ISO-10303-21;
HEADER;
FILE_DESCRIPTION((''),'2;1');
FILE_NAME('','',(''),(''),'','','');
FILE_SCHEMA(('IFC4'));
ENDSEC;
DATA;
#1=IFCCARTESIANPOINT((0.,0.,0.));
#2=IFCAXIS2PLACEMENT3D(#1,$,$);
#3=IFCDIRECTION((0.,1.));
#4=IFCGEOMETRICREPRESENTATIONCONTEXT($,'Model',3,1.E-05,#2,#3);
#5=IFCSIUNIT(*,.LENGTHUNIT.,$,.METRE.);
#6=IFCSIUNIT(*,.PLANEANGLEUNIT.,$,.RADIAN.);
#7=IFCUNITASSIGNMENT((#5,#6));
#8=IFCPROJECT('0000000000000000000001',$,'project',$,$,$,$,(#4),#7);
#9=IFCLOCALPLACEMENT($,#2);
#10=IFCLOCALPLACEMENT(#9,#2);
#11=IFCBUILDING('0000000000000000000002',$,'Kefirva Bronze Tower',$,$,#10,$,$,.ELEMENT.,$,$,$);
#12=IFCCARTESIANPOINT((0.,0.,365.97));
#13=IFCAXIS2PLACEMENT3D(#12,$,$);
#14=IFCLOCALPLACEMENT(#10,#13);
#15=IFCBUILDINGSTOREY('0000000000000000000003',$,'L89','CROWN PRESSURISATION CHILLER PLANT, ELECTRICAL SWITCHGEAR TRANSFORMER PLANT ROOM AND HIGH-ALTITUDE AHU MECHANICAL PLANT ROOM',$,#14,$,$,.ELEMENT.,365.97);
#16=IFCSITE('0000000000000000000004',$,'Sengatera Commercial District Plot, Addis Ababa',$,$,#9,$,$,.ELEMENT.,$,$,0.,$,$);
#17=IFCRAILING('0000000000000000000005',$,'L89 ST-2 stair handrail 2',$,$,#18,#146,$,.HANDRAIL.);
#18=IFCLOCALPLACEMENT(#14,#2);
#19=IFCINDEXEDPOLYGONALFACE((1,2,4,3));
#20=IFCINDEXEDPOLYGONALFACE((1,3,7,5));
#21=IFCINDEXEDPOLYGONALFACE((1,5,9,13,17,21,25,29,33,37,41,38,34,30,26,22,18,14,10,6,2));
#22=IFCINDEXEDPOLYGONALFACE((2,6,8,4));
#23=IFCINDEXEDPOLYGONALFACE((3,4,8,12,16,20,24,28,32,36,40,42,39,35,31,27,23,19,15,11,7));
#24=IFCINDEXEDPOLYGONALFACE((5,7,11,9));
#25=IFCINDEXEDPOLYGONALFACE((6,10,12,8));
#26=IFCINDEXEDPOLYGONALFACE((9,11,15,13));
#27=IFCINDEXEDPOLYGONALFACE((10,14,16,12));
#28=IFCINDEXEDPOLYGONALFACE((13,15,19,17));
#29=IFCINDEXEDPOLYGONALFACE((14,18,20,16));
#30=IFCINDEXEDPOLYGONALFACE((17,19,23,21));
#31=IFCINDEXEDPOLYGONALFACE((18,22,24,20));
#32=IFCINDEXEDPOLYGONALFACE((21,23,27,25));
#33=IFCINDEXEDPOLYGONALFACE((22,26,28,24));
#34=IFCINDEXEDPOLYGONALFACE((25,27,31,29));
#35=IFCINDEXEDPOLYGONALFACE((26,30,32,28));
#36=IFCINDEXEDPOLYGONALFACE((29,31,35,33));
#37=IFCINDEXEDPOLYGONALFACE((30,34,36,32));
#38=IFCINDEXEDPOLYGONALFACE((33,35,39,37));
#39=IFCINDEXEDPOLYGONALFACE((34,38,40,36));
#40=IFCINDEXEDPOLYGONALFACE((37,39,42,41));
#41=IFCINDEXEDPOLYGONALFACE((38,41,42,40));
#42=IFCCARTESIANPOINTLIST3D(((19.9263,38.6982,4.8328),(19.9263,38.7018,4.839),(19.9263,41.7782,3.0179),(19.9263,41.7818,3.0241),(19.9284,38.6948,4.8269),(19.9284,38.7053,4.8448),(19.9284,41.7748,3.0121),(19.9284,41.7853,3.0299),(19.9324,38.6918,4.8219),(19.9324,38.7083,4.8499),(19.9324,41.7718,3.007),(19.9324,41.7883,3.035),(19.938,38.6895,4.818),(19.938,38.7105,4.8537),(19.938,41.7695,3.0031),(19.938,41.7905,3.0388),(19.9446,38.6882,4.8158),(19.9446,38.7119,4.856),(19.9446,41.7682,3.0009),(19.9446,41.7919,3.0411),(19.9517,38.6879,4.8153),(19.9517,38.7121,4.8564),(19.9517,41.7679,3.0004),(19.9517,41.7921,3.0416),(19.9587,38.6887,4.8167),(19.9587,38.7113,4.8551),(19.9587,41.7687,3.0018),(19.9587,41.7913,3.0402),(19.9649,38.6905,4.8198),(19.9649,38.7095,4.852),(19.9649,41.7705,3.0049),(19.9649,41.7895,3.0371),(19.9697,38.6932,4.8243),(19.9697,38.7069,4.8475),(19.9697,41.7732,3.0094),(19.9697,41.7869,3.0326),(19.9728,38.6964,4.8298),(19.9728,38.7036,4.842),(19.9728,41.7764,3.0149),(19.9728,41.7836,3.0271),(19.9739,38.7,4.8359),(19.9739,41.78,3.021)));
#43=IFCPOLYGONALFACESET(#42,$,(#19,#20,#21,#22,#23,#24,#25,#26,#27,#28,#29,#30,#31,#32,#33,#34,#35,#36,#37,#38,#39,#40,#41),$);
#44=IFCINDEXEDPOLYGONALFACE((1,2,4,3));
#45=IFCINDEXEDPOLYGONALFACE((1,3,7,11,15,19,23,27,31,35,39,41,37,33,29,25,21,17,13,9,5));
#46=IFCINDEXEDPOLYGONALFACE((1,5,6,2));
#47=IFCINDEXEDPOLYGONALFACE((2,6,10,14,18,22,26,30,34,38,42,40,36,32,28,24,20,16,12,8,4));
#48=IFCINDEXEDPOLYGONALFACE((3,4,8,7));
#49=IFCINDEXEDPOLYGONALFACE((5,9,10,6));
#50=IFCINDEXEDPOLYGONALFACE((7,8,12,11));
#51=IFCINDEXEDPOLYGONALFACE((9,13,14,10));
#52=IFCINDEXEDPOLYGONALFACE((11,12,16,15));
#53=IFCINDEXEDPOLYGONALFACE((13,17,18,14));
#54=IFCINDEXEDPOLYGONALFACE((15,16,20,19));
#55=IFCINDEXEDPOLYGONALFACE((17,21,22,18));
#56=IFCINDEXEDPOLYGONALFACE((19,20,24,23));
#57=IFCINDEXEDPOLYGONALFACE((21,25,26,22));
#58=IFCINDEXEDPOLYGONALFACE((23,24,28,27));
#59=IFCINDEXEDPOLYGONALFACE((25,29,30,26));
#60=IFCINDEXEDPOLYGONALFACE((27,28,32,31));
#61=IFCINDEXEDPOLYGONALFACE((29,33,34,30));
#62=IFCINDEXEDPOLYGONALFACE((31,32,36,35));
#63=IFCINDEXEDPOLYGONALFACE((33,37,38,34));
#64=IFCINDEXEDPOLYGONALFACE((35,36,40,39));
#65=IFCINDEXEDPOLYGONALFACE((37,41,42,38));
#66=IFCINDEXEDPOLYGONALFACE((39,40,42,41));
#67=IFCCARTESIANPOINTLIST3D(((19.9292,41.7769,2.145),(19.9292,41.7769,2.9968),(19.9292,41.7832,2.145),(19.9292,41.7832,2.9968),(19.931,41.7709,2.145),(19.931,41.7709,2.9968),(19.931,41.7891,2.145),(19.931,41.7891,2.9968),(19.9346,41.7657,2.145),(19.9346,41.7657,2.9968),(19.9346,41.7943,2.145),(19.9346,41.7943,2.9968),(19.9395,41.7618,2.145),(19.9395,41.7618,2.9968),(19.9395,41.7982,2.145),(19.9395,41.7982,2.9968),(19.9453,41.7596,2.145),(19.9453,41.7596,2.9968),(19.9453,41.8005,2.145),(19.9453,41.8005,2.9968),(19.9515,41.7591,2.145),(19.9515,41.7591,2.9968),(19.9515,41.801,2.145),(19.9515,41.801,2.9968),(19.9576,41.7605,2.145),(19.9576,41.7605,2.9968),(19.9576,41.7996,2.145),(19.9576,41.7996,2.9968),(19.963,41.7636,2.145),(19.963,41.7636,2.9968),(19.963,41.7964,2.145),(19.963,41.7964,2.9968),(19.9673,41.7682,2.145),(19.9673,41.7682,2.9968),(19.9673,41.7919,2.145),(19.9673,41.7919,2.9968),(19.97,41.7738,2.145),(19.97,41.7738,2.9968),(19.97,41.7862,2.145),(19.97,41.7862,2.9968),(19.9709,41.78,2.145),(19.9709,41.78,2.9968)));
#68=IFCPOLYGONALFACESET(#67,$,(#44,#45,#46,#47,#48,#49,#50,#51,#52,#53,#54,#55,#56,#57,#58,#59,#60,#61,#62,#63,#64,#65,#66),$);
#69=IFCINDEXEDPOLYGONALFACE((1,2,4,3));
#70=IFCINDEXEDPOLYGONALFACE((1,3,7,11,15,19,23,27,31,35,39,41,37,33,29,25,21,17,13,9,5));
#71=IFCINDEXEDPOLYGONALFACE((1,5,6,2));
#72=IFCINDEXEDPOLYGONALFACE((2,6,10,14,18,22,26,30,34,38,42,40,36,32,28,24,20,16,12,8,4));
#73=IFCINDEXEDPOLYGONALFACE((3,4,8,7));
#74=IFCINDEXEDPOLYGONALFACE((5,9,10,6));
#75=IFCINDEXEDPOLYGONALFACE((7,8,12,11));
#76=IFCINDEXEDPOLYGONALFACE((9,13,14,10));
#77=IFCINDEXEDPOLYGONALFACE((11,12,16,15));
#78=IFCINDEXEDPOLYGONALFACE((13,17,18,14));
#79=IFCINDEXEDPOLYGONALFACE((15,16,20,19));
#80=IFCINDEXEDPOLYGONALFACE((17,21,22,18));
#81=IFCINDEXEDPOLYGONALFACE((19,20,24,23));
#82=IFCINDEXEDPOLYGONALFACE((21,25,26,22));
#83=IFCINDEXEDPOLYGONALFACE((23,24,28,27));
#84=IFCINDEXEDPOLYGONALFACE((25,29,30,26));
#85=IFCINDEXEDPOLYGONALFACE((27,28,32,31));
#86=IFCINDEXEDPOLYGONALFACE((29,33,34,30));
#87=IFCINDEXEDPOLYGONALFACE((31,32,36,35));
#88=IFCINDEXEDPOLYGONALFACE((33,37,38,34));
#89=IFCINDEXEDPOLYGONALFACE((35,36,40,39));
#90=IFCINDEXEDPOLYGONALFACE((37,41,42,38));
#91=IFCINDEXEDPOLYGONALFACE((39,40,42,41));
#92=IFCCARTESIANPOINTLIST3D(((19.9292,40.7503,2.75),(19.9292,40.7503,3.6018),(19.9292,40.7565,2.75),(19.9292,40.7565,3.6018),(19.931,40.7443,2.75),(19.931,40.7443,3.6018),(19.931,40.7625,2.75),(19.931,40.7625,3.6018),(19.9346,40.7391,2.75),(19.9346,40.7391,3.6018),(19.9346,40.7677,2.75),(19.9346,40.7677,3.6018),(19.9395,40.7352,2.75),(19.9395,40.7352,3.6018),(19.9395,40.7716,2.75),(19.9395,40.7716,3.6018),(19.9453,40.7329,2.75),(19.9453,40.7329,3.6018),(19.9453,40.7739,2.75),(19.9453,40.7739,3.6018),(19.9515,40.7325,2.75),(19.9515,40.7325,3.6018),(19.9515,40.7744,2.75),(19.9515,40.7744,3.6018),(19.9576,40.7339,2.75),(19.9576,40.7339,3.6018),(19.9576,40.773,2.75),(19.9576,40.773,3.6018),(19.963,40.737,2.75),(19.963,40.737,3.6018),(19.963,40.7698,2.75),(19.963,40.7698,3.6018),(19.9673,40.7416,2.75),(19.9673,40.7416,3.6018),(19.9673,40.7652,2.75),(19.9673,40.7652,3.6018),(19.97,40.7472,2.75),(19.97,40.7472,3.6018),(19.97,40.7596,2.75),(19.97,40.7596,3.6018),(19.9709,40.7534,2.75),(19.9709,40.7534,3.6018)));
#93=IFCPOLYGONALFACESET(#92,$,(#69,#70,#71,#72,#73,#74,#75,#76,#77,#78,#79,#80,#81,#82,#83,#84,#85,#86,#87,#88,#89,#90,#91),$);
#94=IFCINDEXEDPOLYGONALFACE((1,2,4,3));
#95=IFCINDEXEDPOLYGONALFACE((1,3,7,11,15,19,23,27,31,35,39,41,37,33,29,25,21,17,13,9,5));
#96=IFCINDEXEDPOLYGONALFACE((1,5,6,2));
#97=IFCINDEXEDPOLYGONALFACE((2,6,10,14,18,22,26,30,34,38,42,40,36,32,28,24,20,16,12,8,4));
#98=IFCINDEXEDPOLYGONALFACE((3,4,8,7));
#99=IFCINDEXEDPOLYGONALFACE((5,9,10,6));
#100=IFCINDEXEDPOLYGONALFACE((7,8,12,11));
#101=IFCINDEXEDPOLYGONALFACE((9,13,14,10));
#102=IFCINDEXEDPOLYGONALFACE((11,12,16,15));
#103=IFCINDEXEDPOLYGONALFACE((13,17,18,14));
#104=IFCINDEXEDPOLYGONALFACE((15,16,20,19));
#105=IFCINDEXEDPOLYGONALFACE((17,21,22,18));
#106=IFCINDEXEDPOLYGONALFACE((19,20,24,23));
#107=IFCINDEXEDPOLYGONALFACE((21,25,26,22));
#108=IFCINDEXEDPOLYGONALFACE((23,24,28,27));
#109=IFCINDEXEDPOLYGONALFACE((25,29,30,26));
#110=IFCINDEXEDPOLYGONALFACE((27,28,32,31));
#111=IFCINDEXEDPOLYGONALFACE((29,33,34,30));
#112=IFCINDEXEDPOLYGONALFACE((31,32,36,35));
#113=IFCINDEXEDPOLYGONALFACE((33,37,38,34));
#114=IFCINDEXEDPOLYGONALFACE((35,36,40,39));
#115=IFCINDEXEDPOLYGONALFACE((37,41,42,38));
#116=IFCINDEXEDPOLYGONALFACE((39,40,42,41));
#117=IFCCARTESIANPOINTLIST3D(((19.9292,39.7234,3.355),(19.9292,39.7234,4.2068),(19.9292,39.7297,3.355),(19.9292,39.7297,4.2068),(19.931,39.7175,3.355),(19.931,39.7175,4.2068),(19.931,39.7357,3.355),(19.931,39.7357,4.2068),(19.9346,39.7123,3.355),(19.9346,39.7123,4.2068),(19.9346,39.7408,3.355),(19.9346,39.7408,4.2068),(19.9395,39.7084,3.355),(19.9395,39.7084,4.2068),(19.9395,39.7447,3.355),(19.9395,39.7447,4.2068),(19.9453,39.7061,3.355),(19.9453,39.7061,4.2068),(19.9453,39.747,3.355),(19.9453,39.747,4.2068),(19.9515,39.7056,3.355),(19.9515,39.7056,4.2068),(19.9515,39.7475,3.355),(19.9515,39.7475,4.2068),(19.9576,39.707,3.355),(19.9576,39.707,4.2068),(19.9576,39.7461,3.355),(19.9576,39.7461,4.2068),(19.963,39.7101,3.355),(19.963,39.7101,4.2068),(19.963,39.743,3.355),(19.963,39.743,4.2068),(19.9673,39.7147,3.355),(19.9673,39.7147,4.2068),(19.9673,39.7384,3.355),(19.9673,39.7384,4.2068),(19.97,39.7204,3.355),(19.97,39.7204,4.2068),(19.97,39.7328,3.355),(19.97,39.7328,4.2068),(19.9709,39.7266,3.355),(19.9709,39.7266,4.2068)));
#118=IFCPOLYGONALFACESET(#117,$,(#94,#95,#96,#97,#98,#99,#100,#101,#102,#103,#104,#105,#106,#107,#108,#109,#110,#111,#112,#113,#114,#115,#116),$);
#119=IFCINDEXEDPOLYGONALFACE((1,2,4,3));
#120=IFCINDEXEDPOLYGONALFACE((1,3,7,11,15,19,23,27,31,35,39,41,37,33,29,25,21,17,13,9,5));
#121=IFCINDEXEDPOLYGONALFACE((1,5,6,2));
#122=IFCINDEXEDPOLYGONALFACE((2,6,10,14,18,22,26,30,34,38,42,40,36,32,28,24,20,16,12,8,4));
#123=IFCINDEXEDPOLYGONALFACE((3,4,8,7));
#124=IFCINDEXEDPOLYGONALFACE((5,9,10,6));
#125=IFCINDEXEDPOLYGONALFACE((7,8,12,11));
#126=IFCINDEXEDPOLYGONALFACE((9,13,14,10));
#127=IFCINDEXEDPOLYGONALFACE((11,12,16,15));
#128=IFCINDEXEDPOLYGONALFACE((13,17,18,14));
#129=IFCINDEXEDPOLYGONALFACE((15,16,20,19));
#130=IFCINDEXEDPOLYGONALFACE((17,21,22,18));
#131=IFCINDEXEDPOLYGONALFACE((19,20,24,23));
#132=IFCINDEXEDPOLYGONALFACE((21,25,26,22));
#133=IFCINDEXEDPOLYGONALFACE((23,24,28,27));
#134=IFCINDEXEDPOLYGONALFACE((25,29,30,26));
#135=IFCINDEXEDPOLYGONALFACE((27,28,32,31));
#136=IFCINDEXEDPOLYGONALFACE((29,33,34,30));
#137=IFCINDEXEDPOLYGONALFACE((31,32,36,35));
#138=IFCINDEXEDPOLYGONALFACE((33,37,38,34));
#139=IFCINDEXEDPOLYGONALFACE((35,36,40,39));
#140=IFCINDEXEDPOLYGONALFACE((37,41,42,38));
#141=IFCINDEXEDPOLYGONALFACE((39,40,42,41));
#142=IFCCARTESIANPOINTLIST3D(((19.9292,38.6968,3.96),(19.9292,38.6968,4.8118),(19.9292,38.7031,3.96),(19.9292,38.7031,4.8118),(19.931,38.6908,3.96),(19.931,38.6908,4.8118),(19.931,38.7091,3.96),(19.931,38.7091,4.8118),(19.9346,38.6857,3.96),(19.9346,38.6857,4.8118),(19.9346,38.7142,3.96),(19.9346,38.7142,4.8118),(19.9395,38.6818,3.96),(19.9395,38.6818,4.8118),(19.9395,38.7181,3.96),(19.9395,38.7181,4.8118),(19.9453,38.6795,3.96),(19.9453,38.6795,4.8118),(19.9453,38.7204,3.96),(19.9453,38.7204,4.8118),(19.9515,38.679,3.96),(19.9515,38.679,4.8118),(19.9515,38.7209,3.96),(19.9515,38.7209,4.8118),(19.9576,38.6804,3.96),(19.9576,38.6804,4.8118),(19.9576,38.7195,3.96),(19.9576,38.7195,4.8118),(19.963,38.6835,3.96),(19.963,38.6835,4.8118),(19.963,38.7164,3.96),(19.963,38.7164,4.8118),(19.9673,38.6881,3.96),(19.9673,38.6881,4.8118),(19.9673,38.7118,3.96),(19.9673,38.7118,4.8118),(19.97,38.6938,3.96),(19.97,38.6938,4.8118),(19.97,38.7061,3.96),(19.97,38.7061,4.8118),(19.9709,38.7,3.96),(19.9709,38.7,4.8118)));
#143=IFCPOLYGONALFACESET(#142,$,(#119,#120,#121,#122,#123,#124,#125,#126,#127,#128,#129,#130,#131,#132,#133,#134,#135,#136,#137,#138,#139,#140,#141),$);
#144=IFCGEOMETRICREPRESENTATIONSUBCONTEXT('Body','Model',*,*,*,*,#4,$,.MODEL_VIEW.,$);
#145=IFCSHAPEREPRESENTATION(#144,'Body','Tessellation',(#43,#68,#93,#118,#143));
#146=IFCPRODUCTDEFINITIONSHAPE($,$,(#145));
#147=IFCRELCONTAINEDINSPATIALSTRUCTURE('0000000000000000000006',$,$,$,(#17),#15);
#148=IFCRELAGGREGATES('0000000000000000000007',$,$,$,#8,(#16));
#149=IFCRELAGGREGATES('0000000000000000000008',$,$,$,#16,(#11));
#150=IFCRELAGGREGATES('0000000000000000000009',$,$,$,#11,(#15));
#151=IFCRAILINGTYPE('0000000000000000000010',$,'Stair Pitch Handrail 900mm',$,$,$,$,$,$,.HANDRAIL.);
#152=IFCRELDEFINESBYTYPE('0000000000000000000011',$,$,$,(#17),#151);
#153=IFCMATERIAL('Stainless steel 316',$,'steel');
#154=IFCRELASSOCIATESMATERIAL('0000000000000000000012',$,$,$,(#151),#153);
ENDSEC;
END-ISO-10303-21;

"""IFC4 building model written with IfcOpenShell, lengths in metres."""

from ifc_helpers import new_model, si_unit, direction, frame, origin, origin_2d, place, context, subcontext, project, spatial, circle, extrude, material, type_object, element, save


model = new_model("IFC4")

# Units and contexts
model_context = context("Model", 3, precision=1e-05, world=origin(), true_north=direction((0.0, 1.0)))
body_context = subcontext(model_context, "Body", "Model", "MODEL_VIEW")
ifc_project = project(units=[si_unit("LENGTHUNIT", "METRE"), si_unit("PLANEANGLEUNIT", "RADIAN")], contexts=[model_context])

# Site, building, storey
site_placement = place(None, origin())
site = spatial("IfcSite", under=ifc_project, at=site_placement, Name="Sengatera Commercial District Plot, Addis Ababa", CompositionType="ELEMENT", RefElevation=0.0)
building_placement = place(site_placement, origin())
building = spatial("IfcBuilding", under=site, at=building_placement, Name="Kefirva Bronze Tower", CompositionType="ELEMENT")
storey_placement = place(building_placement, frame((0.0, 0.0, 365.97)))
storey = spatial("IfcBuildingStorey", under=building, at=storey_placement, Name="L89", Description="CROWN PRESSURISATION CHILLER PLANT, ELECTRICAL SWITCHGEAR TRANSFORMER PLANT ROOM AND HIGH-ALTITUDE AHU MECHANICAL PLANT ROOM", CompositionType="ELEMENT", Elevation=365.97)

# Railing
ifc_material_1 = material(Name="Stainless steel 316", Category="steel")
railing_type_1 = type_object("IfcRailingType", Name="Stair Pitch Handrail 900mm", PredefinedType="HANDRAIL", material=ifc_material_1)
railing_1_placement = place(storey_placement, frame((19.95, 41.78, 2.145)))
element("IfcRailing", 1, at=railing_1_placement, inside=storey, type_object=railing_type_1, Name="L89 ST-2 stair handrail 2", PredefinedType="HANDRAIL", context=body_context, shape_type="SweptSolid", body=[
    extrude(circle(Radius=0.0239, at=origin_2d()), frame((0.0, 0.0, 0.876), z_axis=(0.0, -0.861551, 0.507671), x_axis=(1.0, 0.0, 0.0)), (0.0, 0.0, 1.0), 3.575),
    extrude(circle(Radius=0.021, at=origin_2d()), origin(), (0.0, 0.0, 1.0), 0.8518),
    extrude(circle(Radius=0.021, at=origin_2d()), frame((0.0, -1.0266, 0.605)), (0.0, 0.0, 1.0), 0.8518),
    extrude(circle(Radius=0.021, at=origin_2d()), frame((0.0, -2.0535, 1.21)), (0.0, 0.0, 1.0), 0.8518),
    extrude(circle(Radius=0.021, at=origin_2d()), frame((0.0, -3.0801, 1.8149)), (0.0, 0.0, 1.0), 0.8518),
])

save(model, "model.ifc")
